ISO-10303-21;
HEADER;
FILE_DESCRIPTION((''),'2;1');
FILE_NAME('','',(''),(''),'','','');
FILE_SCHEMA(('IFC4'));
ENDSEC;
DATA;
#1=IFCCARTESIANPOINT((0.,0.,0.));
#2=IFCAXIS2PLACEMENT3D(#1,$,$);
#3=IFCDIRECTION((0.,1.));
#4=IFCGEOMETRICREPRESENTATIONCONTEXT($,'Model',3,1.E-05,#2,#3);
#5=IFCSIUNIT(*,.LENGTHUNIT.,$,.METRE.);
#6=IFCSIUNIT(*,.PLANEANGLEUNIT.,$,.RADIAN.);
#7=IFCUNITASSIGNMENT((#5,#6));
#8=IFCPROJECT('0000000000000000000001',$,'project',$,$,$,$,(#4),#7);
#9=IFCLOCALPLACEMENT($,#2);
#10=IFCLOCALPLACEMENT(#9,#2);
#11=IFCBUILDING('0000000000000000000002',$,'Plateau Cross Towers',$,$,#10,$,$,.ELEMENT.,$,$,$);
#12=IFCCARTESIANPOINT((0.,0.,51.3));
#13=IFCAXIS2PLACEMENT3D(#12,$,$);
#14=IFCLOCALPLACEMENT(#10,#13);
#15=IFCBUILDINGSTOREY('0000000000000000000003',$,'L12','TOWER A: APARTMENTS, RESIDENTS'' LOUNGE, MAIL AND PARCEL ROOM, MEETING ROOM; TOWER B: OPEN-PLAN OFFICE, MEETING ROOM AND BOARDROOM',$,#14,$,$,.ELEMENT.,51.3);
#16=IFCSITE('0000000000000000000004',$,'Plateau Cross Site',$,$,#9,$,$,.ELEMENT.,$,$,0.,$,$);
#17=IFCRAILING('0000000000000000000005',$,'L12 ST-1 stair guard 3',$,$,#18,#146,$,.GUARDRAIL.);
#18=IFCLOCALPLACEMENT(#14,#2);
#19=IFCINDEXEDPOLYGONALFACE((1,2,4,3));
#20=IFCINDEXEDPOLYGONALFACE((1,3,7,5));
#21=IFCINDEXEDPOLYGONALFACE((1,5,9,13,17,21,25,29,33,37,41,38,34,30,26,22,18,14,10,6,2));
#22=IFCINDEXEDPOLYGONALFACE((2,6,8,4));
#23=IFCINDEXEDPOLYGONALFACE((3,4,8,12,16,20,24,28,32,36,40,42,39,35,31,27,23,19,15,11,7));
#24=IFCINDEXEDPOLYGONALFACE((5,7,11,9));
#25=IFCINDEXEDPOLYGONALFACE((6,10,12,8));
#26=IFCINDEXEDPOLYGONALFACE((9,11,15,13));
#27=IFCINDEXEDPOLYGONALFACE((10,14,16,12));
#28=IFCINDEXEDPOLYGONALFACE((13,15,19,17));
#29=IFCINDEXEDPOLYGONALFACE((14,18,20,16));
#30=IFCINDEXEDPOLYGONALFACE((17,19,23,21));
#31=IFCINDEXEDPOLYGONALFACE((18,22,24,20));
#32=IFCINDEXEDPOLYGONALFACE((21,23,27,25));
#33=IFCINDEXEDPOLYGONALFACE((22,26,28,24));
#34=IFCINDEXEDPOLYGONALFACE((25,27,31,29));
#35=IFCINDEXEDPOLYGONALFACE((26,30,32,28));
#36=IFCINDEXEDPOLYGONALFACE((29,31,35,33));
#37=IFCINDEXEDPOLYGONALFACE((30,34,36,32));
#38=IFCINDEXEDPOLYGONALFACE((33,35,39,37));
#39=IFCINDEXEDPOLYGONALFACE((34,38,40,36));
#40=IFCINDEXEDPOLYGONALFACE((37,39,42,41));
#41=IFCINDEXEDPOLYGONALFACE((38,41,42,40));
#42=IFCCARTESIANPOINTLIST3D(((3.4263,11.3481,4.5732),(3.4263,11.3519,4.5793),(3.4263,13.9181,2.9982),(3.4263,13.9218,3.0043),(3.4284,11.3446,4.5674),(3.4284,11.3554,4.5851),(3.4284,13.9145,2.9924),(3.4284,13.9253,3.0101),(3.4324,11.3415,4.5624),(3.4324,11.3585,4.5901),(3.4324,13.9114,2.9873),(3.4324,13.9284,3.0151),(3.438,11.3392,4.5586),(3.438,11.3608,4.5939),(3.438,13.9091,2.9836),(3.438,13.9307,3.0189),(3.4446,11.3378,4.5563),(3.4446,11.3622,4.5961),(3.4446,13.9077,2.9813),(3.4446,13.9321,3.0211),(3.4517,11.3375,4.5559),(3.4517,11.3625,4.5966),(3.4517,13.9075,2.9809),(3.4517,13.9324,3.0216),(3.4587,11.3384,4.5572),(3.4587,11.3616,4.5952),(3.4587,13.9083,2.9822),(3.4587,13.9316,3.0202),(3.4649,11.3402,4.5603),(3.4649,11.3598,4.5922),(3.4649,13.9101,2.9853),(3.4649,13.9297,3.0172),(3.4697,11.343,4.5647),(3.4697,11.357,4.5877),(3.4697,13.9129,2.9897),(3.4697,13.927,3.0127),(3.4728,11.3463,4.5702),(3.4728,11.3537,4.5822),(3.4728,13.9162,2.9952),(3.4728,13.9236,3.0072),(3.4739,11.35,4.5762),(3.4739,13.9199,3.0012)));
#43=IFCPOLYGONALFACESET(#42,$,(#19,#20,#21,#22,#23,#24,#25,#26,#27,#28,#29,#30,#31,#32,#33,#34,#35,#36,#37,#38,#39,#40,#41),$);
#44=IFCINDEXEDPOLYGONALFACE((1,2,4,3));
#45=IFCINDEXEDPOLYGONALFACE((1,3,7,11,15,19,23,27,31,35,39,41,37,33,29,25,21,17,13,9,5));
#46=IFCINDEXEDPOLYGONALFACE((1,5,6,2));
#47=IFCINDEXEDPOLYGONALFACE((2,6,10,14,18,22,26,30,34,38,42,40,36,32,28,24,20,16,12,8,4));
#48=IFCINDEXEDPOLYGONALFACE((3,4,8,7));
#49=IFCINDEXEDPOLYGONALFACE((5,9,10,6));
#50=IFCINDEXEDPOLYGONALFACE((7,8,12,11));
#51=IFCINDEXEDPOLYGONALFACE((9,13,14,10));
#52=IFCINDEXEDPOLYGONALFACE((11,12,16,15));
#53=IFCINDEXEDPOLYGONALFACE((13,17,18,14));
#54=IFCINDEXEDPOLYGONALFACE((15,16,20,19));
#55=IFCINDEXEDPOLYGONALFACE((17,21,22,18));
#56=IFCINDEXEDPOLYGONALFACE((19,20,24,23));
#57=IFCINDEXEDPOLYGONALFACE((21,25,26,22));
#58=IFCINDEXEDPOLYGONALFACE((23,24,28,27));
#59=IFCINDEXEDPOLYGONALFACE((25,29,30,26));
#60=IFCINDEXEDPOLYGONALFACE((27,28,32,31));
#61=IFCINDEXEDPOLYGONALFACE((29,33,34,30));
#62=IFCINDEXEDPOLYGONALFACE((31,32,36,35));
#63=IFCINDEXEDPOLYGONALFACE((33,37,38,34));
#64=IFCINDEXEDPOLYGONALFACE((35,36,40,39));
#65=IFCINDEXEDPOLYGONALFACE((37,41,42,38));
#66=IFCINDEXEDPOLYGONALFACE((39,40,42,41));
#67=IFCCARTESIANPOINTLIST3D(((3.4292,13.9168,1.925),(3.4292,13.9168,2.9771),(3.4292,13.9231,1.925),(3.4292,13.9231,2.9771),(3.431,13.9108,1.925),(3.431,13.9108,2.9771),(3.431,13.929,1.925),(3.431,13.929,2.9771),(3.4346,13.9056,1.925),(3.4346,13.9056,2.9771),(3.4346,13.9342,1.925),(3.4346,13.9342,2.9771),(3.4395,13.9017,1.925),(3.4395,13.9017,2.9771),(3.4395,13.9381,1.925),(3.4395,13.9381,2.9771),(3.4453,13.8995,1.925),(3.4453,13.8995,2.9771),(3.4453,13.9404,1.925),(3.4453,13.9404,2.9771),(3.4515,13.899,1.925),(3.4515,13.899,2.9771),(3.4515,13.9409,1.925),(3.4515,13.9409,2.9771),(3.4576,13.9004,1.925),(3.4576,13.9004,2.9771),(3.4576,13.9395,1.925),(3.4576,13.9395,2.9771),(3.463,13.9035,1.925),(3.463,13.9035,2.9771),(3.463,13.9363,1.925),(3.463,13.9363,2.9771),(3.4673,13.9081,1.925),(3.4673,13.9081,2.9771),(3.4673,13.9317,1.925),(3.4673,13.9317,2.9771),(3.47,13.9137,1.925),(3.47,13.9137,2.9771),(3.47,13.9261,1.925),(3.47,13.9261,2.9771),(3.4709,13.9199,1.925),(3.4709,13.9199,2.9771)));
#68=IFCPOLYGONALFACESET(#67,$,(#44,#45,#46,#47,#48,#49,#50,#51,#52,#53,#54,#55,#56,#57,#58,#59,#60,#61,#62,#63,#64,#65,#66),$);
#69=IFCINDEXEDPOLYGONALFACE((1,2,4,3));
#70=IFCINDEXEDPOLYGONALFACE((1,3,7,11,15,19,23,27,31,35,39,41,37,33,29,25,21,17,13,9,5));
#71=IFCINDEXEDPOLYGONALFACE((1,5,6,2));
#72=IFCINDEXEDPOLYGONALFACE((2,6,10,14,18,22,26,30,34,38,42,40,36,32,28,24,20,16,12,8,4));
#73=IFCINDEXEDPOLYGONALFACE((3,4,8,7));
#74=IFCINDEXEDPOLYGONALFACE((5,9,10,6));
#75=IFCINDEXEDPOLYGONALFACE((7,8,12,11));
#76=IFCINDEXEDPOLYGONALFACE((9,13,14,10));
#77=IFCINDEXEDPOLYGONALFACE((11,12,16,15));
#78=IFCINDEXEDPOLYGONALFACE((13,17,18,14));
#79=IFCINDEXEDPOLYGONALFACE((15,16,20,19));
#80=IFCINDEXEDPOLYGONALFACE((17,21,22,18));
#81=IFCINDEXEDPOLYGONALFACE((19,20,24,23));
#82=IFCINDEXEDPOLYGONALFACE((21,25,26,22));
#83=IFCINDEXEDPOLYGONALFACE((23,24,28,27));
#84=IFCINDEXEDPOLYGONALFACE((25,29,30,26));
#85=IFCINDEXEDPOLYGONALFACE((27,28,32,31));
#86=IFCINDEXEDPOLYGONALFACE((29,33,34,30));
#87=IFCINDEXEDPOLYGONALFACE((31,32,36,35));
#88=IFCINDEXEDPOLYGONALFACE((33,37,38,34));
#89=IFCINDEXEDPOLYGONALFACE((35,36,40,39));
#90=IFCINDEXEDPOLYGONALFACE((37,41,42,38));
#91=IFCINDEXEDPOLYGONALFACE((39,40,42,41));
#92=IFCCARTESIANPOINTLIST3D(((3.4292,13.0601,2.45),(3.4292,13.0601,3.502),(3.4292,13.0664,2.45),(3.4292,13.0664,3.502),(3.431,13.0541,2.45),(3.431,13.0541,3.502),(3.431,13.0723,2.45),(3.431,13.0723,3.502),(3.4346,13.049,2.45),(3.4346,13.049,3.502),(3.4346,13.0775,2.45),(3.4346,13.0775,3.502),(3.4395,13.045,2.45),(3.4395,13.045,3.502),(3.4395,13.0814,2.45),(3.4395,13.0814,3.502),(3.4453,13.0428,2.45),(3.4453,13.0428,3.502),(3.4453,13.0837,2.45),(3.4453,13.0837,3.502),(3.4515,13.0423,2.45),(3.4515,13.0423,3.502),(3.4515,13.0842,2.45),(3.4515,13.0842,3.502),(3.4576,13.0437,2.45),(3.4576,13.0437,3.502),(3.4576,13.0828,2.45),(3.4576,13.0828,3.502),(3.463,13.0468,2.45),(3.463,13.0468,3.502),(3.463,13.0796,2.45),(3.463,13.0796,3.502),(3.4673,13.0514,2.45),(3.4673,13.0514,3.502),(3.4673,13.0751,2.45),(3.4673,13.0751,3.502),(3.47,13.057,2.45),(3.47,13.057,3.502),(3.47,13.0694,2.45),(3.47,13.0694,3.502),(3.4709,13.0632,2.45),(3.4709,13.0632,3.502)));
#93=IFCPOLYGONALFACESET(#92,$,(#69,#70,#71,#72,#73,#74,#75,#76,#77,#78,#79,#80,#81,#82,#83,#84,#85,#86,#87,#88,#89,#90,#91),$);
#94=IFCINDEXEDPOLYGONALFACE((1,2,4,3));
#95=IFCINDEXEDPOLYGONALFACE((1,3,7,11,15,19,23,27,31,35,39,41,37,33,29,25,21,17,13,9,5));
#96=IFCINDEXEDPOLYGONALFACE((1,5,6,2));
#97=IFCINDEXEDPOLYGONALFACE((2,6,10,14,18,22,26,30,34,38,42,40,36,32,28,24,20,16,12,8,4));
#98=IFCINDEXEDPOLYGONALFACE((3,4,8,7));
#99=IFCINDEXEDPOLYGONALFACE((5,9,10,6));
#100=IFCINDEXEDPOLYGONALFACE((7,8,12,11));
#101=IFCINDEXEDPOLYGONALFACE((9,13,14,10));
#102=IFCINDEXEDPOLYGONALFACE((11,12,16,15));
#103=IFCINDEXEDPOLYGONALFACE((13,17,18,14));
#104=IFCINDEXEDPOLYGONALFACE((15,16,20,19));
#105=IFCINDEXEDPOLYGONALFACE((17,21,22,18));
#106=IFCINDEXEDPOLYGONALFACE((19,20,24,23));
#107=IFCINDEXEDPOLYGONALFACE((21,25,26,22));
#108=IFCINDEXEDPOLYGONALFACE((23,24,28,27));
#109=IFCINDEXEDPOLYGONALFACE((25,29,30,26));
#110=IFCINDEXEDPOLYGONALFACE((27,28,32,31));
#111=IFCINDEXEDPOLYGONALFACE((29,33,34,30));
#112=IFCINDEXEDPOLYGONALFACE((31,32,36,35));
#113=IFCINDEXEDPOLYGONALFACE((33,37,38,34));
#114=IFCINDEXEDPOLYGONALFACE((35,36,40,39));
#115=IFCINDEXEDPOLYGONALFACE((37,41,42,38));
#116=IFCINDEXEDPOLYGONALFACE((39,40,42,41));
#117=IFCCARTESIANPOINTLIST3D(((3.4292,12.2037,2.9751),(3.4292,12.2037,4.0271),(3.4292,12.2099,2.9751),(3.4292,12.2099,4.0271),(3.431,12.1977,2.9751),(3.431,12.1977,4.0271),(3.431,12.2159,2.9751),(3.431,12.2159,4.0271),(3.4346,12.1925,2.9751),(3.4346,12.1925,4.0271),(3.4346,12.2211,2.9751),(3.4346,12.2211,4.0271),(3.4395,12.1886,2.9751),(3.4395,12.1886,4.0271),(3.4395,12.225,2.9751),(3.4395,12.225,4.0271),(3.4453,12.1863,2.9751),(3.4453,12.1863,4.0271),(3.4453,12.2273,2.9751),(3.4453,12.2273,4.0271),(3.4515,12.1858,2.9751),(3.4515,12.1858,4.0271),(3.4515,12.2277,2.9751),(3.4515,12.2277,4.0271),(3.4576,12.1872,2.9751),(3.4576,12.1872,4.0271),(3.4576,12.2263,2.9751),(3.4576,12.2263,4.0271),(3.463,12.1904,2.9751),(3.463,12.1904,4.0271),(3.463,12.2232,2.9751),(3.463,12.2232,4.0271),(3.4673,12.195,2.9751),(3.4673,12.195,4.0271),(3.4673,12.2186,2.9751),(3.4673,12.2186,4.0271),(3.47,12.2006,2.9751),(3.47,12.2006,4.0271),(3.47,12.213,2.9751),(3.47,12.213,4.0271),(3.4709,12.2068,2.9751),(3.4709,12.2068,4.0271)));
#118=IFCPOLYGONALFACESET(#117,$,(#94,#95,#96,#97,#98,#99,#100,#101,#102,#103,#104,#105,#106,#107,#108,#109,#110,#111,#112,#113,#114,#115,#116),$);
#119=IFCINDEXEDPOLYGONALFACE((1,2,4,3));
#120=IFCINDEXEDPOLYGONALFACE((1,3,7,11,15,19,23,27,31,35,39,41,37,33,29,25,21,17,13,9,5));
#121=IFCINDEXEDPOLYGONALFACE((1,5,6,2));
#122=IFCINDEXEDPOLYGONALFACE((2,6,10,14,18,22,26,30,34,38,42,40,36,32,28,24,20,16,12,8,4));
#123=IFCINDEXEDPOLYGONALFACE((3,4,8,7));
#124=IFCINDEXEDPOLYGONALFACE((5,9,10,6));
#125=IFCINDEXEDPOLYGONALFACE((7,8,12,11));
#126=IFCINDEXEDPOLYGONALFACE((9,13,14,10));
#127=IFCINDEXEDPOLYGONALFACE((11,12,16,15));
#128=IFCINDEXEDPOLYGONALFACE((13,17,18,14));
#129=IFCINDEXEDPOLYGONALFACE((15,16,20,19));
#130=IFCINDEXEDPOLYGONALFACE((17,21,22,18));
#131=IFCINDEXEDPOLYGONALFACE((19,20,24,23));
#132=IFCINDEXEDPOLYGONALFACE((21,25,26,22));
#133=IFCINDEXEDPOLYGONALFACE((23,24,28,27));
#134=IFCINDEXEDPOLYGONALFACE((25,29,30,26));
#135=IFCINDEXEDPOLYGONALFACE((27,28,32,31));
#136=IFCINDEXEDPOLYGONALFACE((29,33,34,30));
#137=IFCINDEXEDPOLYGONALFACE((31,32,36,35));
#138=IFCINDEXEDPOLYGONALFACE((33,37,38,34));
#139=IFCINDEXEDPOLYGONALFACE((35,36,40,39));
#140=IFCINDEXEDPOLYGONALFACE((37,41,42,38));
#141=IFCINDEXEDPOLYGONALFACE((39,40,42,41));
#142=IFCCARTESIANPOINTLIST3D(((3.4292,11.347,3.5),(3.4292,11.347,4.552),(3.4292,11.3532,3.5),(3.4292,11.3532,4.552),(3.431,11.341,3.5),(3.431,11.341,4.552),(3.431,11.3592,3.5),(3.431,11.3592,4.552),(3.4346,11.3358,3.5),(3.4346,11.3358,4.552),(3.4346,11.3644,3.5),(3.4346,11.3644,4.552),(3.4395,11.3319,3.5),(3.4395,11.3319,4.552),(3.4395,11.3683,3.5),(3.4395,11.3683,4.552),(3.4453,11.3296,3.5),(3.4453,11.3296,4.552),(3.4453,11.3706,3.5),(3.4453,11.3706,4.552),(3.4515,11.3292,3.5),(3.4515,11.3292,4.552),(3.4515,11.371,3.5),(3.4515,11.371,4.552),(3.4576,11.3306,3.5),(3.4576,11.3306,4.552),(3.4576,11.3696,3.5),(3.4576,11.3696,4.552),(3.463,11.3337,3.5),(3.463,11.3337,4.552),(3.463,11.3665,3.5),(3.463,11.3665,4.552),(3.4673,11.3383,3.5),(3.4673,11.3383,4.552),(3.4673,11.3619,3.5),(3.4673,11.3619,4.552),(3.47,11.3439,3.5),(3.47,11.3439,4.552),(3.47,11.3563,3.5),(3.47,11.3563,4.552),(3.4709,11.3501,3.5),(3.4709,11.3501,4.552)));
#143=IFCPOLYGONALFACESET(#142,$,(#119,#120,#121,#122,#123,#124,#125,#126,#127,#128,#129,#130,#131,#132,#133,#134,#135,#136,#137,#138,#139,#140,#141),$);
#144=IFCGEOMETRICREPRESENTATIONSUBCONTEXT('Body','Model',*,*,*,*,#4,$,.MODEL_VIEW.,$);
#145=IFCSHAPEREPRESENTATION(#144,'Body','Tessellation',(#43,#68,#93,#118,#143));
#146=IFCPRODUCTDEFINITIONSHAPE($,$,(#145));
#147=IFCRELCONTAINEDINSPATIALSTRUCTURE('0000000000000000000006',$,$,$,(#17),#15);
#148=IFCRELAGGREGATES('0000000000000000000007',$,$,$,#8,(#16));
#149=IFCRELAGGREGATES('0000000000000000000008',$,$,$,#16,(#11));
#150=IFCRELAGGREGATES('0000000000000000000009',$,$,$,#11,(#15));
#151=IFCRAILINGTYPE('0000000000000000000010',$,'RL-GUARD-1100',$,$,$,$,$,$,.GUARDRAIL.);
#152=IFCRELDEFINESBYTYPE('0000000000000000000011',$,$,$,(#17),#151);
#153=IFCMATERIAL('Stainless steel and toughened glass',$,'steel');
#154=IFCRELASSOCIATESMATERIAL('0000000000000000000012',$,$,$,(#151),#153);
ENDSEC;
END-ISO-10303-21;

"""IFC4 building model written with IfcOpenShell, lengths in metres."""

from ifc_helpers import new_model, si_unit, direction, frame, origin, origin_2d, place, context, subcontext, project, spatial, circle, extrude, material, type_object, element, save


model = new_model("IFC4")

# Units and contexts
model_context = context("Model", 3, precision=1e-05, world=origin(), true_north=direction((0.0, 1.0)))
body_context = subcontext(model_context, "Body", "Model", "MODEL_VIEW")
ifc_project = project(units=[si_unit("LENGTHUNIT", "METRE"), si_unit("PLANEANGLEUNIT", "RADIAN")], contexts=[model_context])

# Site, building, storey
site_placement = place(None, origin())
site = spatial("IfcSite", under=ifc_project, at=site_placement, Name="Plateau Cross Site", CompositionType="ELEMENT", RefElevation=0.0)
building_placement = place(site_placement, origin())
building = spatial("IfcBuilding", under=site, at=building_placement, Name="Plateau Cross Towers", CompositionType="ELEMENT")
storey_placement = place(building_placement, frame((0.0, 0.0, 51.3)))
storey = spatial("IfcBuildingStorey", under=building, at=storey_placement, Name="L12", Description="TOWER A: APARTMENTS, RESIDENTS' LOUNGE, MAIL AND PARCEL ROOM, MEETING ROOM; TOWER B: OPEN-PLAN OFFICE, MEETING ROOM AND BOARDROOM", CompositionType="ELEMENT", Elevation=51.3)

# Railing
ifc_material_1 = material(Name="Stainless steel and toughened glass", Category="steel")
railing_type_1 = type_object("IfcRailingType", Name="RL-GUARD-1100", PredefinedType="GUARDRAIL", material=ifc_material_1)
railing_1_placement = place(storey_placement, frame((3.45, 13.9199, 1.925)))
element("IfcRailing", 1, at=railing_1_placement, inside=storey, type_object=railing_type_1, Name="L12 ST-1 stair guard 3", PredefinedType="GUARDRAIL", context=body_context, shape_type="SweptSolid", body=[
    extrude(circle(Radius=0.0239, at=origin_2d()), frame((0.0, 0.0, 1.0762), z_axis=(0.0, -0.852616, 0.522537), x_axis=(1.0, 0.0, 0.0)), (0.0, 0.0, 1.0), 3.0142),
    extrude(circle(Radius=0.021, at=origin_2d()), origin(), (0.0, 0.0, 1.0), 1.052),
    extrude(circle(Radius=0.021, at=origin_2d()), frame((0.0, -0.8567, 0.5249)), (0.0, 0.0, 1.0), 1.052),
    extrude(circle(Radius=0.021, at=origin_2d()), frame((0.0, -1.7131, 1.05)), (0.0, 0.0, 1.0), 1.052),
    extrude(circle(Radius=0.021, at=origin_2d()), frame((0.0, -2.5698, 1.575)), (0.0, 0.0, 1.0), 1.052),
])

save(model, "model.ifc")
